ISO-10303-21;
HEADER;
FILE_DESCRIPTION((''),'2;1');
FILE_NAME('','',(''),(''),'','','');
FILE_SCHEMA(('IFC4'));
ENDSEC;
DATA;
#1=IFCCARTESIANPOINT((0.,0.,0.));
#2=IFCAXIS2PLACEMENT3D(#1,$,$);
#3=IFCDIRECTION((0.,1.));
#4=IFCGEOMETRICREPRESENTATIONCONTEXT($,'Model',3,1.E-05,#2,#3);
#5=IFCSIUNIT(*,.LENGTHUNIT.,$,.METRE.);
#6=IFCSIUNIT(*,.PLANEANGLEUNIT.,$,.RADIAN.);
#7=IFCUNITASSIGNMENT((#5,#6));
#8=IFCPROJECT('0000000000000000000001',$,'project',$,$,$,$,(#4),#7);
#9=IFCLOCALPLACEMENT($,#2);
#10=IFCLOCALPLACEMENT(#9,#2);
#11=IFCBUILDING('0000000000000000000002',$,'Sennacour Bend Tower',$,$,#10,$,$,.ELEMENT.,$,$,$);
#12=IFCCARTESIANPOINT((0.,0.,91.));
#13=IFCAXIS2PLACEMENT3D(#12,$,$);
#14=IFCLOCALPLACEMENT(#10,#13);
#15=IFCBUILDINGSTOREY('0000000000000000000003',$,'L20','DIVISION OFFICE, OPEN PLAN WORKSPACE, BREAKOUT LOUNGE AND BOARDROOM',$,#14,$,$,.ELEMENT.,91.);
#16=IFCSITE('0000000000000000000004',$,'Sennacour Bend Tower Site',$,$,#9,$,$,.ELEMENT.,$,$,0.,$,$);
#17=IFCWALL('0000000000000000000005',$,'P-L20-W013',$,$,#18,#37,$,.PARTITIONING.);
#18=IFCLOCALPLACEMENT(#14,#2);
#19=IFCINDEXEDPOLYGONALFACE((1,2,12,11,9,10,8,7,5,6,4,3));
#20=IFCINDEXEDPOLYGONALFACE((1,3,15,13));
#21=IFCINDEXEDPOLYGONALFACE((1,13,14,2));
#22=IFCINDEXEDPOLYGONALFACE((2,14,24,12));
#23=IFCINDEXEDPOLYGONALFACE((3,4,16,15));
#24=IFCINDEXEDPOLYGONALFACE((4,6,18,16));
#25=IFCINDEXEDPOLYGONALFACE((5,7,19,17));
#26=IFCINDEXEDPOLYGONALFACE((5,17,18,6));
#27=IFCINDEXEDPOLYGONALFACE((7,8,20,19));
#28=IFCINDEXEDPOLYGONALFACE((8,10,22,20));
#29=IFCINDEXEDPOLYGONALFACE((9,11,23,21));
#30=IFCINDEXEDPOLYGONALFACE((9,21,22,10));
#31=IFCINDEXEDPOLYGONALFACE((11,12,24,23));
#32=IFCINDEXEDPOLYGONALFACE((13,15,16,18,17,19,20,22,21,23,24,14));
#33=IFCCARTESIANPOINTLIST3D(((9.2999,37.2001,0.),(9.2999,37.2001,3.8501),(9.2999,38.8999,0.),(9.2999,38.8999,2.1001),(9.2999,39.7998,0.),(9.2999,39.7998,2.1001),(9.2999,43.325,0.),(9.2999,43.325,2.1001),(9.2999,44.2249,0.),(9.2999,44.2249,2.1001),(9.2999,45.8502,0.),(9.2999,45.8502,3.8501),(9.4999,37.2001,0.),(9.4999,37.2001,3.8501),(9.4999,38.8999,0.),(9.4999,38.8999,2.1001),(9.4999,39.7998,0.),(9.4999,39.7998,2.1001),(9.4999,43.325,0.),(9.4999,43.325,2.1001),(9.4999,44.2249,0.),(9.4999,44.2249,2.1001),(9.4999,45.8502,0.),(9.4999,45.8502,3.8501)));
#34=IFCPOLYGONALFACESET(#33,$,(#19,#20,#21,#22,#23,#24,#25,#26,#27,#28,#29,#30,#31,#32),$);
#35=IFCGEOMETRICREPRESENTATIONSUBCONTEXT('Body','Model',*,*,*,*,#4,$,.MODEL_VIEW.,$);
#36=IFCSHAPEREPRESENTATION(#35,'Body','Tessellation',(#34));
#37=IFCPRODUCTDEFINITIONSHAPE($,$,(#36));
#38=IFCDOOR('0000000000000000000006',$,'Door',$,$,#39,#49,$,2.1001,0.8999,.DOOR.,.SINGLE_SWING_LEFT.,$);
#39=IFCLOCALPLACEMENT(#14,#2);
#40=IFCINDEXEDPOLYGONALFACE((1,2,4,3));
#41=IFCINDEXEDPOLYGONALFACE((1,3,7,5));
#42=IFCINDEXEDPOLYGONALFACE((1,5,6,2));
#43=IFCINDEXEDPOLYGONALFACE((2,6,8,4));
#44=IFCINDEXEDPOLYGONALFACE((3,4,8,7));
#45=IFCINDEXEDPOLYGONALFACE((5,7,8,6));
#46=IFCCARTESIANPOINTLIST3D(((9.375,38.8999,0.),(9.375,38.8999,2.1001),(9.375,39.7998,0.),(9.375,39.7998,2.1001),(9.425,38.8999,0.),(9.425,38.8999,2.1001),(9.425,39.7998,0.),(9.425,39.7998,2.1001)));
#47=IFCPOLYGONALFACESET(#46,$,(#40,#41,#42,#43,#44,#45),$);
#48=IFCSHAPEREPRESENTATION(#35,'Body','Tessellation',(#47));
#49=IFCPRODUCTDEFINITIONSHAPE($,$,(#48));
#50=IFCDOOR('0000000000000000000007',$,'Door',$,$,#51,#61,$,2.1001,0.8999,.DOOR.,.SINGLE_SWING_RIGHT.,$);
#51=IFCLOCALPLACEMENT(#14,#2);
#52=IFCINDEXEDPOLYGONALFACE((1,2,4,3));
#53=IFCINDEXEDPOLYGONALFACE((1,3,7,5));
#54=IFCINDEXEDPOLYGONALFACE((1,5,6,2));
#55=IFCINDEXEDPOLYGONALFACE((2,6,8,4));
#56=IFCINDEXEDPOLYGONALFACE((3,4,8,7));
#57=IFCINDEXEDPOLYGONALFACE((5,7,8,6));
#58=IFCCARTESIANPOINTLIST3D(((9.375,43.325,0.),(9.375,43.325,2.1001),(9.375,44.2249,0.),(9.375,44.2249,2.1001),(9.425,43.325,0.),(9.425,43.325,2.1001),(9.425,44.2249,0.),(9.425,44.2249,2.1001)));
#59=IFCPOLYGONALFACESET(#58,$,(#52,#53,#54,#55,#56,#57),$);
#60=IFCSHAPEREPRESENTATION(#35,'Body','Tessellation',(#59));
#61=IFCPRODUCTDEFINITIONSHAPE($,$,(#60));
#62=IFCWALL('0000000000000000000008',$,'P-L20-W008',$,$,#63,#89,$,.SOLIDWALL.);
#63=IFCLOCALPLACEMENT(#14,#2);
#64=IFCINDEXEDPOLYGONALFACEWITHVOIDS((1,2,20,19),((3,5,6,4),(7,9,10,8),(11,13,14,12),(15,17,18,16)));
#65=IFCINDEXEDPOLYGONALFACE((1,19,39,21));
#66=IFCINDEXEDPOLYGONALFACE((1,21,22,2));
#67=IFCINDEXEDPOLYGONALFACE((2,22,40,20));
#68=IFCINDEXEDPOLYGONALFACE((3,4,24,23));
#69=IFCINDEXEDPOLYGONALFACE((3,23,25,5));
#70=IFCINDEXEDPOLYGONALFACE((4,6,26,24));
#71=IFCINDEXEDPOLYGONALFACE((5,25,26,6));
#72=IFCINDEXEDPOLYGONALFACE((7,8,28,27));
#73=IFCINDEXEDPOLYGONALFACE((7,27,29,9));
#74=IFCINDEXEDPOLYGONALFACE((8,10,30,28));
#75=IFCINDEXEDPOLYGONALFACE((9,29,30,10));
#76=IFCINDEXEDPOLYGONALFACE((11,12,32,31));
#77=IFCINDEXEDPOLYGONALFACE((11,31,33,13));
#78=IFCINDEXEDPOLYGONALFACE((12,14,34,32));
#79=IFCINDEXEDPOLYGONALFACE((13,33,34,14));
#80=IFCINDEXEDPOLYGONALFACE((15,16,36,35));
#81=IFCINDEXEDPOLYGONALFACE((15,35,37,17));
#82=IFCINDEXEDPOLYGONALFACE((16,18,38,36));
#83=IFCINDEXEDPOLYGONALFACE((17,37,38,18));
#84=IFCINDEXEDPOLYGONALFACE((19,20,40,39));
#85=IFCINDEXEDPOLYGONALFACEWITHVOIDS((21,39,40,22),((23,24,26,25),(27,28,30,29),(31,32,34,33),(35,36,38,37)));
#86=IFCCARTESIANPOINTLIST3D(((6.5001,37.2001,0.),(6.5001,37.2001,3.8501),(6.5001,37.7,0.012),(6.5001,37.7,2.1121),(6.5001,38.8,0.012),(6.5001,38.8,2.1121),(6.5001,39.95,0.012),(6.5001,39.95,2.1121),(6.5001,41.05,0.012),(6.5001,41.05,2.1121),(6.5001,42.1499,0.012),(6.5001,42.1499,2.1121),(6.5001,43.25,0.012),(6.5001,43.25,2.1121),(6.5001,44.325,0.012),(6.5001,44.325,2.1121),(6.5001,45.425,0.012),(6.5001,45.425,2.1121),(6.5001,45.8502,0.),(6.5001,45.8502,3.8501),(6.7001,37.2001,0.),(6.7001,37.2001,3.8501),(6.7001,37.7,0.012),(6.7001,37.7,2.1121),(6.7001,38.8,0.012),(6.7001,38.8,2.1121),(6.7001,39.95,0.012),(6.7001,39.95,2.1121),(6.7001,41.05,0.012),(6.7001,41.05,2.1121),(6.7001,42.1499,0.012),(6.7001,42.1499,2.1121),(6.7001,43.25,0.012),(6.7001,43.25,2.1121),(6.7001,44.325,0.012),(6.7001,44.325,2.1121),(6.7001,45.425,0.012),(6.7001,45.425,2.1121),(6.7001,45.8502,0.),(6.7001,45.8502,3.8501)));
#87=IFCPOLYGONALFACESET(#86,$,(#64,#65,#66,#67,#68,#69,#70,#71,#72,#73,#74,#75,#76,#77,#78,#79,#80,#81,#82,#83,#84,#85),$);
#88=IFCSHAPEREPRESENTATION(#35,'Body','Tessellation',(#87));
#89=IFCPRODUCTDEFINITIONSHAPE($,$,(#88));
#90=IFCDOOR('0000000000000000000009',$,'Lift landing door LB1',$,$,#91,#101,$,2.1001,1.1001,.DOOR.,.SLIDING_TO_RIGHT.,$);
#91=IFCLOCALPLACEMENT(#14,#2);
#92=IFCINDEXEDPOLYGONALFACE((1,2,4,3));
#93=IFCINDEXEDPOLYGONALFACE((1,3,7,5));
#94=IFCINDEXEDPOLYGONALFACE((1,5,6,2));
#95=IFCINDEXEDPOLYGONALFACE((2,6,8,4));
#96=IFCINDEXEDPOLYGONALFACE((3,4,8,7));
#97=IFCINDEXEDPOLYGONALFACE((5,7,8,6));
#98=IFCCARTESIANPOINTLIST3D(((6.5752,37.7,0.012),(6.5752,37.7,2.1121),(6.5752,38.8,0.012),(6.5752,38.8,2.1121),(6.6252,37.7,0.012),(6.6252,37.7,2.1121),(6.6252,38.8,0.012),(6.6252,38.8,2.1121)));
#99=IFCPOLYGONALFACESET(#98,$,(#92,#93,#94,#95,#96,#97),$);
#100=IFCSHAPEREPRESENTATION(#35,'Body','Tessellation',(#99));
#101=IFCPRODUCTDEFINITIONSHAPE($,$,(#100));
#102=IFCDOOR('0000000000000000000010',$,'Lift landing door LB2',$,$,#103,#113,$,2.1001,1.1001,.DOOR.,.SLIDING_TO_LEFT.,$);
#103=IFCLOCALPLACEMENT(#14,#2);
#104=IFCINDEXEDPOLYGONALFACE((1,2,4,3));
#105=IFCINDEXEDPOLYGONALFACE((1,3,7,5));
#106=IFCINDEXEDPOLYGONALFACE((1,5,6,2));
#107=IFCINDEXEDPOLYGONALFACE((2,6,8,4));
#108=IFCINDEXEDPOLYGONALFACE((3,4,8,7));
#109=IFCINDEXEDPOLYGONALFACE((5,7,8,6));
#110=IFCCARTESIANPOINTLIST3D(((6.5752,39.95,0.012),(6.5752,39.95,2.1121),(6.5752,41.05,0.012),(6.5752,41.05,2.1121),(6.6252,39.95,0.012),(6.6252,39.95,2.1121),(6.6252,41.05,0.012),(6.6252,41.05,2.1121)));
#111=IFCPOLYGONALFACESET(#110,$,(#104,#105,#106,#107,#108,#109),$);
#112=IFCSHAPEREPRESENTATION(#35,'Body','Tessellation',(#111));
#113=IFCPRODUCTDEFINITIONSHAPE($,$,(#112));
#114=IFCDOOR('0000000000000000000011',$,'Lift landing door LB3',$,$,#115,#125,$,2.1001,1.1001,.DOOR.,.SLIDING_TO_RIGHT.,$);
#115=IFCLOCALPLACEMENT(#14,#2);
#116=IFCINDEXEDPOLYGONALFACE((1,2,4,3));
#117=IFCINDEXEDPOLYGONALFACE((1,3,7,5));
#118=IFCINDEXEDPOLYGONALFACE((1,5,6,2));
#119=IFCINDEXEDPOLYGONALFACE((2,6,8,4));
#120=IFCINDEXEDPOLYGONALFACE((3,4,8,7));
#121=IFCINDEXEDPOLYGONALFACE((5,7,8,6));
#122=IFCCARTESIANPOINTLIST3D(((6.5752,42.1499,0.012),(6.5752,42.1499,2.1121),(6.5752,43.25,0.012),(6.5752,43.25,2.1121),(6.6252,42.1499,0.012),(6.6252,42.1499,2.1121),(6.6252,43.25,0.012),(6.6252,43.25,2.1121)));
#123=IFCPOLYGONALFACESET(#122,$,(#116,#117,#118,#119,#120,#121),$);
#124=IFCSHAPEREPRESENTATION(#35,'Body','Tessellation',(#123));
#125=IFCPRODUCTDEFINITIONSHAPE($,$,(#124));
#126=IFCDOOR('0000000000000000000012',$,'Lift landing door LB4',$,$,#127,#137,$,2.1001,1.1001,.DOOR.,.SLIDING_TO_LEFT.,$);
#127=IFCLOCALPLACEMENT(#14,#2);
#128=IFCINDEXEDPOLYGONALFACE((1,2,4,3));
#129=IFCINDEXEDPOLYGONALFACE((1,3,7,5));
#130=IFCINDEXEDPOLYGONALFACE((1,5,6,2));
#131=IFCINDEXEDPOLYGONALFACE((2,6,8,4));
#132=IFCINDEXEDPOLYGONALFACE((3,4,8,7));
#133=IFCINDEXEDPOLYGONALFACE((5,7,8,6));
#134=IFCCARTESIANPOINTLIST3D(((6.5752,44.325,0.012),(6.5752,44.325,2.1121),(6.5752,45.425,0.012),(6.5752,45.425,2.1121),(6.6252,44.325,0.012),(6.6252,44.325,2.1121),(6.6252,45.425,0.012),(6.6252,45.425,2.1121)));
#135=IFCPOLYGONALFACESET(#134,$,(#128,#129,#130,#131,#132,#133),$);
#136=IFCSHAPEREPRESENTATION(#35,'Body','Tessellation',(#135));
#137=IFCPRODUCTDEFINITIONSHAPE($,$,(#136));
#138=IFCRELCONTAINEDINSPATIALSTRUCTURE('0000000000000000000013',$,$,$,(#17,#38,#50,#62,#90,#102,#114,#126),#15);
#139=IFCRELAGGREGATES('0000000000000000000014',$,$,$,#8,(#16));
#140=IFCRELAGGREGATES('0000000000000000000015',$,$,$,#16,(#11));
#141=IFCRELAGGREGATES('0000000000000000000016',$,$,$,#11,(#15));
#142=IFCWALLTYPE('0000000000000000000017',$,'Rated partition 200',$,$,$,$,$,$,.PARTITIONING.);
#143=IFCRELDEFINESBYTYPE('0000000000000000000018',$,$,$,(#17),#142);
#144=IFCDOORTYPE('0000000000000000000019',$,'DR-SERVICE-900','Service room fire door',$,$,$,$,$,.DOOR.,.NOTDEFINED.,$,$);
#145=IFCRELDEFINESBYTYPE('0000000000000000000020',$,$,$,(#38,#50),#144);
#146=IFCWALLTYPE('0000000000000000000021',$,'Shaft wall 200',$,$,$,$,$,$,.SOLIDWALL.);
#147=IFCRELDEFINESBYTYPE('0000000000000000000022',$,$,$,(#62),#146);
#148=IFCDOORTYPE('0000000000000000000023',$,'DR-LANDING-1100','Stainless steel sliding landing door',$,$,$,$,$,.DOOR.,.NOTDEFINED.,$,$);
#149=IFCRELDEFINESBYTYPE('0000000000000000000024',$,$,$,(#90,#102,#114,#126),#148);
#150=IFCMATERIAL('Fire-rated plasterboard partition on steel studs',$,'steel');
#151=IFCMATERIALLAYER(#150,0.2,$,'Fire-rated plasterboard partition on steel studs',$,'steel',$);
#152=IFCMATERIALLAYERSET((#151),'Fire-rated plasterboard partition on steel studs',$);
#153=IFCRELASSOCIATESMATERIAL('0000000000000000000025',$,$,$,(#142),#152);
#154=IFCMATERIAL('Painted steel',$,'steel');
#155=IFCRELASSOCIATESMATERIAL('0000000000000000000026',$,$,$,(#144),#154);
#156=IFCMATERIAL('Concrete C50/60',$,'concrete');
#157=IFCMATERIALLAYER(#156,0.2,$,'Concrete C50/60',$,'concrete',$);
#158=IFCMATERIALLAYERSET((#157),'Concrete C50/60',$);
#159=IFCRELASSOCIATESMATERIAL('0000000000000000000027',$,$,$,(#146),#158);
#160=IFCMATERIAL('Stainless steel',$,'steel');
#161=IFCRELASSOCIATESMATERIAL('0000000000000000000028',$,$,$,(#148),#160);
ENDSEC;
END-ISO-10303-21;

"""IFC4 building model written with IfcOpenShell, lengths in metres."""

from ifc_helpers import new_model, si_unit, direction, frame, frame_2d, origin, place, context, subcontext, project, spatial, rectangle, extrude, material, layer, layer_set, type_object, element, fill, save


model = new_model("IFC4")

# Units and contexts
model_context = context("Model", 3, precision=1e-05, world=origin(), true_north=direction((0.0, 1.0)))
body_context = subcontext(model_context, "Body", "Model", "MODEL_VIEW")
ifc_project = project(units=[si_unit("LENGTHUNIT", "METRE"), si_unit("PLANEANGLEUNIT", "RADIAN")], contexts=[model_context])

# Site, building, storey
site_placement = place(None, origin())
site = spatial("IfcSite", under=ifc_project, at=site_placement, Name="Sennacour Bend Tower Site", CompositionType="ELEMENT", RefElevation=0.0)
building_placement = place(site_placement, origin())
building = spatial("IfcBuilding", under=site, at=building_placement, Name="Sennacour Bend Tower", CompositionType="ELEMENT")
storey_placement = place(building_placement, frame((0.0, 0.0, 91.0)))
storey = spatial("IfcBuildingStorey", under=building, at=storey_placement, Name="L20", Description="DIVISION OFFICE, OPEN PLAN WORKSPACE, BREAKOUT LOUNGE AND BOARDROOM", CompositionType="ELEMENT", Elevation=91.0)

# Shared definitions
ifc_material_1 = material(Name="Painted steel", Category="steel")

# Walls, openings, doors
ifc_material_2 = material(Name="Fire-rated plasterboard partition on steel studs", Category="steel")
ifc_layer_1 = layer(ifc_material_2, 0.2, Name="Fire-rated plasterboard partition on steel studs", Category="steel")
ifc_layer_set_1 = layer_set([ifc_layer_1], Name="Fire-rated plasterboard partition on steel studs")
wall_type_1 = type_object("IfcWallType", Name="Rated partition 200", PredefinedType="PARTITIONING", material=ifc_layer_set_1)
wall_1_placement = place(storey_placement, frame((9.3999, 37.2, 0.0), z_axis=(0.0, 0.0, 1.0), x_axis=(0.0, 1.0, 0.0)))
wall_1 = element("IfcWall", 1, at=wall_1_placement, inside=storey, type_object=wall_type_1, Name="P-L20-W013", PredefinedType="PARTITIONING", context=body_context, shape_type="SweptSolid", body=[
    extrude(rectangle(XDim=8.6501, YDim=0.2, at=frame_2d((4.3252, 0.0))), origin(), (0.0, 0.0, 1.0), 3.8501),
])
opening_1_placement = place(wall_1_placement, frame((1.7, 0.0, 0.0)))
opening_1 = element("IfcOpeningElement", 2, at=opening_1_placement, cuts=wall_1, PredefinedType="OPENING", context=body_context, shape_type="SweptSolid", body=[
    extrude(rectangle(XDim=0.8999, YDim=2.1001, at=frame_2d((0.45, 1.05))), frame((0.0, 0.1099, 0.0), z_axis=(0.0, -1.0, 0.0), x_axis=(1.0, 0.0, 0.0)), (0.0, 0.0, 1.0), 0.22),
])
opening_2_placement = place(wall_1_placement, frame((6.125, 0.0, 0.0)))
opening_2 = element("IfcOpeningElement", 3, at=opening_2_placement, cuts=wall_1, PredefinedType="OPENING", context=body_context, shape_type="SweptSolid", body=[
    extrude(rectangle(XDim=0.8999, YDim=2.1001, at=frame_2d((0.45, 1.05))), frame((0.0, 0.1099, 0.0), z_axis=(0.0, -1.0, 0.0), x_axis=(1.0, 0.0, 0.0)), (0.0, 0.0, 1.0), 0.22),
])
door_type_1 = type_object("IfcDoorType", Name="DR-SERVICE-900", Description="Service room fire door", OperationType="NOTDEFINED", PredefinedType="DOOR", material=ifc_material_1)
door_1_placement = place(opening_1_placement, origin())
door_1 = element("IfcDoor", 4, at=door_1_placement, inside=storey, type_object=door_type_1, Name="Door", OperationType="SINGLE_SWING_LEFT", OverallHeight=2.1001, OverallWidth=0.8999, PredefinedType="DOOR", context=body_context, shape_type="SweptSolid", body=[
    extrude(rectangle(XDim=0.8999, YDim=2.1001, at=frame_2d((0.45, 1.05))), frame((0.0, 0.0249, 0.0), z_axis=(0.0, -1.0, 0.0), x_axis=(1.0, 0.0, 0.0)), (0.0, 0.0, 1.0), 0.05),
])
fill(opening_1, door_1)
door_2_placement = place(opening_2_placement, origin())
door_2 = element("IfcDoor", 5, at=door_2_placement, inside=storey, type_object=door_type_1, Name="Door", OperationType="SINGLE_SWING_RIGHT", OverallHeight=2.1001, OverallWidth=0.8999, PredefinedType="DOOR", context=body_context, shape_type="SweptSolid", body=[
    extrude(rectangle(XDim=0.8999, YDim=2.1001, at=frame_2d((0.45, 1.05))), frame((0.0, 0.0249, 0.0), z_axis=(0.0, -1.0, 0.0), x_axis=(1.0, 0.0, 0.0)), (0.0, 0.0, 1.0), 0.05),
])
fill(opening_2, door_2)
ifc_material_3 = material(Name="Concrete C50/60", Category="concrete")
ifc_layer_2 = layer(ifc_material_3, 0.2, Name="Concrete C50/60", Category="concrete")
ifc_layer_set_2 = layer_set([ifc_layer_2], Name="Concrete C50/60")
wall_type_2 = type_object("IfcWallType", Name="Shaft wall 200", PredefinedType="SOLIDWALL", material=ifc_layer_set_2)
wall_2_placement = place(storey_placement, frame((6.6001, 37.2, 0.0), z_axis=(0.0, 0.0, 1.0), x_axis=(0.0, 1.0, 0.0)))
wall_2 = element("IfcWall", 6, at=wall_2_placement, inside=storey, type_object=wall_type_2, Name="P-L20-W008", PredefinedType="SOLIDWALL", context=body_context, shape_type="SweptSolid", body=[
    extrude(rectangle(XDim=8.6501, YDim=0.2, at=frame_2d((4.3252, 0.0))), origin(), (0.0, 0.0, 1.0), 3.8501),
])
opening_3_placement = place(wall_2_placement, frame((0.5, 0.0, 0.012)))
opening_3 = element("IfcOpeningElement", 7, at=opening_3_placement, cuts=wall_2, PredefinedType="OPENING", context=body_context, shape_type="SweptSolid", body=[
    extrude(rectangle(XDim=1.1001, YDim=2.1001, at=frame_2d((0.55, 1.05))), frame((0.0, 0.1099, 0.0), z_axis=(0.0, -1.0, 0.0), x_axis=(1.0, 0.0, 0.0)), (0.0, 0.0, 1.0), 0.22),
])
opening_4_placement = place(wall_2_placement, frame((2.75, 0.0, 0.012)))
opening_4 = element("IfcOpeningElement", 8, at=opening_4_placement, cuts=wall_2, PredefinedType="OPENING", context=body_context, shape_type="SweptSolid", body=[
    extrude(rectangle(XDim=1.1001, YDim=2.1001, at=frame_2d((0.55, 1.05))), frame((0.0, 0.1099, 0.0), z_axis=(0.0, -1.0, 0.0), x_axis=(1.0, 0.0, 0.0)), (0.0, 0.0, 1.0), 0.22),
])
opening_5_placement = place(wall_2_placement, frame((4.95, 0.0, 0.012)))
opening_5 = element("IfcOpeningElement", 9, at=opening_5_placement, cuts=wall_2, PredefinedType="OPENING", context=body_context, shape_type="SweptSolid", body=[
    extrude(rectangle(XDim=1.1001, YDim=2.1001, at=frame_2d((0.55, 1.05))), frame((0.0, 0.1099, 0.0), z_axis=(0.0, -1.0, 0.0), x_axis=(1.0, 0.0, 0.0)), (0.0, 0.0, 1.0), 0.22),
])
opening_6_placement = place(wall_2_placement, frame((7.125, 0.0, 0.012)))
opening_6 = element("IfcOpeningElement", 10, at=opening_6_placement, cuts=wall_2, PredefinedType="OPENING", context=body_context, shape_type="SweptSolid", body=[
    extrude(rectangle(XDim=1.1001, YDim=2.1001, at=frame_2d((0.55, 1.05))), frame((0.0, 0.1099, 0.0), z_axis=(0.0, -1.0, 0.0), x_axis=(1.0, 0.0, 0.0)), (0.0, 0.0, 1.0), 0.22),
])
ifc_material_4 = material(Name="Stainless steel", Category="steel")
door_type_2 = type_object("IfcDoorType", Name="DR-LANDING-1100", Description="Stainless steel sliding landing door", OperationType="NOTDEFINED", PredefinedType="DOOR", material=ifc_material_4)
door_3_placement = place(opening_3_placement, origin())
door_3 = element("IfcDoor", 11, at=door_3_placement, inside=storey, type_object=door_type_2, Name="Lift landing door LB1", OperationType="SLIDING_TO_RIGHT", OverallHeight=2.1001, OverallWidth=1.1001, PredefinedType="DOOR", context=body_context, shape_type="SweptSolid", body=[
    extrude(rectangle(XDim=1.1001, YDim=2.1001, at=frame_2d((0.55, 1.05))), frame((0.0, 0.0249, 0.0), z_axis=(0.0, -1.0, 0.0), x_axis=(1.0, 0.0, 0.0)), (0.0, 0.0, 1.0), 0.05),
])
fill(opening_3, door_3)
door_4_placement = place(opening_4_placement, origin())
door_4 = element("IfcDoor", 12, at=door_4_placement, inside=storey, type_object=door_type_2, Name="Lift landing door LB2", OperationType="SLIDING_TO_LEFT", OverallHeight=2.1001, OverallWidth=1.1001, PredefinedType="DOOR", context=body_context, shape_type="SweptSolid", body=[
    extrude(rectangle(XDim=1.1001, YDim=2.1001, at=frame_2d((0.55, 1.05))), frame((0.0, 0.0249, 0.0), z_axis=(0.0, -1.0, 0.0), x_axis=(1.0, 0.0, 0.0)), (0.0, 0.0, 1.0), 0.05),
])
fill(opening_4, door_4)
door_5_placement = place(opening_5_placement, origin())
door_5 = element("IfcDoor", 13, at=door_5_placement, inside=storey, type_object=door_type_2, Name="Lift landing door LB3", OperationType="SLIDING_TO_RIGHT", OverallHeight=2.1001, OverallWidth=1.1001, PredefinedType="DOOR", context=body_context, shape_type="SweptSolid", body=[
    extrude(rectangle(XDim=1.1001, YDim=2.1001, at=frame_2d((0.55, 1.05))), frame((0.0, 0.0249, 0.0), z_axis=(0.0, -1.0, 0.0), x_axis=(1.0, 0.0, 0.0)), (0.0, 0.0, 1.0), 0.05),
])
fill(opening_5, door_5)
door_6_placement = place(opening_6_placement, origin())
door_6 = element("IfcDoor", 14, at=door_6_placement, inside=storey, type_object=door_type_2, Name="Lift landing door LB4", OperationType="SLIDING_TO_LEFT", OverallHeight=2.1001, OverallWidth=1.1001, PredefinedType="DOOR", context=body_context, shape_type="SweptSolid", body=[
    extrude(rectangle(XDim=1.1001, YDim=2.1001, at=frame_2d((0.55, 1.05))), frame((0.0, 0.0249, 0.0), z_axis=(0.0, -1.0, 0.0), x_axis=(1.0, 0.0, 0.0)), (0.0, 0.0, 1.0), 0.05),
])
fill(opening_6, door_6)

save(model, "model.ifc")
